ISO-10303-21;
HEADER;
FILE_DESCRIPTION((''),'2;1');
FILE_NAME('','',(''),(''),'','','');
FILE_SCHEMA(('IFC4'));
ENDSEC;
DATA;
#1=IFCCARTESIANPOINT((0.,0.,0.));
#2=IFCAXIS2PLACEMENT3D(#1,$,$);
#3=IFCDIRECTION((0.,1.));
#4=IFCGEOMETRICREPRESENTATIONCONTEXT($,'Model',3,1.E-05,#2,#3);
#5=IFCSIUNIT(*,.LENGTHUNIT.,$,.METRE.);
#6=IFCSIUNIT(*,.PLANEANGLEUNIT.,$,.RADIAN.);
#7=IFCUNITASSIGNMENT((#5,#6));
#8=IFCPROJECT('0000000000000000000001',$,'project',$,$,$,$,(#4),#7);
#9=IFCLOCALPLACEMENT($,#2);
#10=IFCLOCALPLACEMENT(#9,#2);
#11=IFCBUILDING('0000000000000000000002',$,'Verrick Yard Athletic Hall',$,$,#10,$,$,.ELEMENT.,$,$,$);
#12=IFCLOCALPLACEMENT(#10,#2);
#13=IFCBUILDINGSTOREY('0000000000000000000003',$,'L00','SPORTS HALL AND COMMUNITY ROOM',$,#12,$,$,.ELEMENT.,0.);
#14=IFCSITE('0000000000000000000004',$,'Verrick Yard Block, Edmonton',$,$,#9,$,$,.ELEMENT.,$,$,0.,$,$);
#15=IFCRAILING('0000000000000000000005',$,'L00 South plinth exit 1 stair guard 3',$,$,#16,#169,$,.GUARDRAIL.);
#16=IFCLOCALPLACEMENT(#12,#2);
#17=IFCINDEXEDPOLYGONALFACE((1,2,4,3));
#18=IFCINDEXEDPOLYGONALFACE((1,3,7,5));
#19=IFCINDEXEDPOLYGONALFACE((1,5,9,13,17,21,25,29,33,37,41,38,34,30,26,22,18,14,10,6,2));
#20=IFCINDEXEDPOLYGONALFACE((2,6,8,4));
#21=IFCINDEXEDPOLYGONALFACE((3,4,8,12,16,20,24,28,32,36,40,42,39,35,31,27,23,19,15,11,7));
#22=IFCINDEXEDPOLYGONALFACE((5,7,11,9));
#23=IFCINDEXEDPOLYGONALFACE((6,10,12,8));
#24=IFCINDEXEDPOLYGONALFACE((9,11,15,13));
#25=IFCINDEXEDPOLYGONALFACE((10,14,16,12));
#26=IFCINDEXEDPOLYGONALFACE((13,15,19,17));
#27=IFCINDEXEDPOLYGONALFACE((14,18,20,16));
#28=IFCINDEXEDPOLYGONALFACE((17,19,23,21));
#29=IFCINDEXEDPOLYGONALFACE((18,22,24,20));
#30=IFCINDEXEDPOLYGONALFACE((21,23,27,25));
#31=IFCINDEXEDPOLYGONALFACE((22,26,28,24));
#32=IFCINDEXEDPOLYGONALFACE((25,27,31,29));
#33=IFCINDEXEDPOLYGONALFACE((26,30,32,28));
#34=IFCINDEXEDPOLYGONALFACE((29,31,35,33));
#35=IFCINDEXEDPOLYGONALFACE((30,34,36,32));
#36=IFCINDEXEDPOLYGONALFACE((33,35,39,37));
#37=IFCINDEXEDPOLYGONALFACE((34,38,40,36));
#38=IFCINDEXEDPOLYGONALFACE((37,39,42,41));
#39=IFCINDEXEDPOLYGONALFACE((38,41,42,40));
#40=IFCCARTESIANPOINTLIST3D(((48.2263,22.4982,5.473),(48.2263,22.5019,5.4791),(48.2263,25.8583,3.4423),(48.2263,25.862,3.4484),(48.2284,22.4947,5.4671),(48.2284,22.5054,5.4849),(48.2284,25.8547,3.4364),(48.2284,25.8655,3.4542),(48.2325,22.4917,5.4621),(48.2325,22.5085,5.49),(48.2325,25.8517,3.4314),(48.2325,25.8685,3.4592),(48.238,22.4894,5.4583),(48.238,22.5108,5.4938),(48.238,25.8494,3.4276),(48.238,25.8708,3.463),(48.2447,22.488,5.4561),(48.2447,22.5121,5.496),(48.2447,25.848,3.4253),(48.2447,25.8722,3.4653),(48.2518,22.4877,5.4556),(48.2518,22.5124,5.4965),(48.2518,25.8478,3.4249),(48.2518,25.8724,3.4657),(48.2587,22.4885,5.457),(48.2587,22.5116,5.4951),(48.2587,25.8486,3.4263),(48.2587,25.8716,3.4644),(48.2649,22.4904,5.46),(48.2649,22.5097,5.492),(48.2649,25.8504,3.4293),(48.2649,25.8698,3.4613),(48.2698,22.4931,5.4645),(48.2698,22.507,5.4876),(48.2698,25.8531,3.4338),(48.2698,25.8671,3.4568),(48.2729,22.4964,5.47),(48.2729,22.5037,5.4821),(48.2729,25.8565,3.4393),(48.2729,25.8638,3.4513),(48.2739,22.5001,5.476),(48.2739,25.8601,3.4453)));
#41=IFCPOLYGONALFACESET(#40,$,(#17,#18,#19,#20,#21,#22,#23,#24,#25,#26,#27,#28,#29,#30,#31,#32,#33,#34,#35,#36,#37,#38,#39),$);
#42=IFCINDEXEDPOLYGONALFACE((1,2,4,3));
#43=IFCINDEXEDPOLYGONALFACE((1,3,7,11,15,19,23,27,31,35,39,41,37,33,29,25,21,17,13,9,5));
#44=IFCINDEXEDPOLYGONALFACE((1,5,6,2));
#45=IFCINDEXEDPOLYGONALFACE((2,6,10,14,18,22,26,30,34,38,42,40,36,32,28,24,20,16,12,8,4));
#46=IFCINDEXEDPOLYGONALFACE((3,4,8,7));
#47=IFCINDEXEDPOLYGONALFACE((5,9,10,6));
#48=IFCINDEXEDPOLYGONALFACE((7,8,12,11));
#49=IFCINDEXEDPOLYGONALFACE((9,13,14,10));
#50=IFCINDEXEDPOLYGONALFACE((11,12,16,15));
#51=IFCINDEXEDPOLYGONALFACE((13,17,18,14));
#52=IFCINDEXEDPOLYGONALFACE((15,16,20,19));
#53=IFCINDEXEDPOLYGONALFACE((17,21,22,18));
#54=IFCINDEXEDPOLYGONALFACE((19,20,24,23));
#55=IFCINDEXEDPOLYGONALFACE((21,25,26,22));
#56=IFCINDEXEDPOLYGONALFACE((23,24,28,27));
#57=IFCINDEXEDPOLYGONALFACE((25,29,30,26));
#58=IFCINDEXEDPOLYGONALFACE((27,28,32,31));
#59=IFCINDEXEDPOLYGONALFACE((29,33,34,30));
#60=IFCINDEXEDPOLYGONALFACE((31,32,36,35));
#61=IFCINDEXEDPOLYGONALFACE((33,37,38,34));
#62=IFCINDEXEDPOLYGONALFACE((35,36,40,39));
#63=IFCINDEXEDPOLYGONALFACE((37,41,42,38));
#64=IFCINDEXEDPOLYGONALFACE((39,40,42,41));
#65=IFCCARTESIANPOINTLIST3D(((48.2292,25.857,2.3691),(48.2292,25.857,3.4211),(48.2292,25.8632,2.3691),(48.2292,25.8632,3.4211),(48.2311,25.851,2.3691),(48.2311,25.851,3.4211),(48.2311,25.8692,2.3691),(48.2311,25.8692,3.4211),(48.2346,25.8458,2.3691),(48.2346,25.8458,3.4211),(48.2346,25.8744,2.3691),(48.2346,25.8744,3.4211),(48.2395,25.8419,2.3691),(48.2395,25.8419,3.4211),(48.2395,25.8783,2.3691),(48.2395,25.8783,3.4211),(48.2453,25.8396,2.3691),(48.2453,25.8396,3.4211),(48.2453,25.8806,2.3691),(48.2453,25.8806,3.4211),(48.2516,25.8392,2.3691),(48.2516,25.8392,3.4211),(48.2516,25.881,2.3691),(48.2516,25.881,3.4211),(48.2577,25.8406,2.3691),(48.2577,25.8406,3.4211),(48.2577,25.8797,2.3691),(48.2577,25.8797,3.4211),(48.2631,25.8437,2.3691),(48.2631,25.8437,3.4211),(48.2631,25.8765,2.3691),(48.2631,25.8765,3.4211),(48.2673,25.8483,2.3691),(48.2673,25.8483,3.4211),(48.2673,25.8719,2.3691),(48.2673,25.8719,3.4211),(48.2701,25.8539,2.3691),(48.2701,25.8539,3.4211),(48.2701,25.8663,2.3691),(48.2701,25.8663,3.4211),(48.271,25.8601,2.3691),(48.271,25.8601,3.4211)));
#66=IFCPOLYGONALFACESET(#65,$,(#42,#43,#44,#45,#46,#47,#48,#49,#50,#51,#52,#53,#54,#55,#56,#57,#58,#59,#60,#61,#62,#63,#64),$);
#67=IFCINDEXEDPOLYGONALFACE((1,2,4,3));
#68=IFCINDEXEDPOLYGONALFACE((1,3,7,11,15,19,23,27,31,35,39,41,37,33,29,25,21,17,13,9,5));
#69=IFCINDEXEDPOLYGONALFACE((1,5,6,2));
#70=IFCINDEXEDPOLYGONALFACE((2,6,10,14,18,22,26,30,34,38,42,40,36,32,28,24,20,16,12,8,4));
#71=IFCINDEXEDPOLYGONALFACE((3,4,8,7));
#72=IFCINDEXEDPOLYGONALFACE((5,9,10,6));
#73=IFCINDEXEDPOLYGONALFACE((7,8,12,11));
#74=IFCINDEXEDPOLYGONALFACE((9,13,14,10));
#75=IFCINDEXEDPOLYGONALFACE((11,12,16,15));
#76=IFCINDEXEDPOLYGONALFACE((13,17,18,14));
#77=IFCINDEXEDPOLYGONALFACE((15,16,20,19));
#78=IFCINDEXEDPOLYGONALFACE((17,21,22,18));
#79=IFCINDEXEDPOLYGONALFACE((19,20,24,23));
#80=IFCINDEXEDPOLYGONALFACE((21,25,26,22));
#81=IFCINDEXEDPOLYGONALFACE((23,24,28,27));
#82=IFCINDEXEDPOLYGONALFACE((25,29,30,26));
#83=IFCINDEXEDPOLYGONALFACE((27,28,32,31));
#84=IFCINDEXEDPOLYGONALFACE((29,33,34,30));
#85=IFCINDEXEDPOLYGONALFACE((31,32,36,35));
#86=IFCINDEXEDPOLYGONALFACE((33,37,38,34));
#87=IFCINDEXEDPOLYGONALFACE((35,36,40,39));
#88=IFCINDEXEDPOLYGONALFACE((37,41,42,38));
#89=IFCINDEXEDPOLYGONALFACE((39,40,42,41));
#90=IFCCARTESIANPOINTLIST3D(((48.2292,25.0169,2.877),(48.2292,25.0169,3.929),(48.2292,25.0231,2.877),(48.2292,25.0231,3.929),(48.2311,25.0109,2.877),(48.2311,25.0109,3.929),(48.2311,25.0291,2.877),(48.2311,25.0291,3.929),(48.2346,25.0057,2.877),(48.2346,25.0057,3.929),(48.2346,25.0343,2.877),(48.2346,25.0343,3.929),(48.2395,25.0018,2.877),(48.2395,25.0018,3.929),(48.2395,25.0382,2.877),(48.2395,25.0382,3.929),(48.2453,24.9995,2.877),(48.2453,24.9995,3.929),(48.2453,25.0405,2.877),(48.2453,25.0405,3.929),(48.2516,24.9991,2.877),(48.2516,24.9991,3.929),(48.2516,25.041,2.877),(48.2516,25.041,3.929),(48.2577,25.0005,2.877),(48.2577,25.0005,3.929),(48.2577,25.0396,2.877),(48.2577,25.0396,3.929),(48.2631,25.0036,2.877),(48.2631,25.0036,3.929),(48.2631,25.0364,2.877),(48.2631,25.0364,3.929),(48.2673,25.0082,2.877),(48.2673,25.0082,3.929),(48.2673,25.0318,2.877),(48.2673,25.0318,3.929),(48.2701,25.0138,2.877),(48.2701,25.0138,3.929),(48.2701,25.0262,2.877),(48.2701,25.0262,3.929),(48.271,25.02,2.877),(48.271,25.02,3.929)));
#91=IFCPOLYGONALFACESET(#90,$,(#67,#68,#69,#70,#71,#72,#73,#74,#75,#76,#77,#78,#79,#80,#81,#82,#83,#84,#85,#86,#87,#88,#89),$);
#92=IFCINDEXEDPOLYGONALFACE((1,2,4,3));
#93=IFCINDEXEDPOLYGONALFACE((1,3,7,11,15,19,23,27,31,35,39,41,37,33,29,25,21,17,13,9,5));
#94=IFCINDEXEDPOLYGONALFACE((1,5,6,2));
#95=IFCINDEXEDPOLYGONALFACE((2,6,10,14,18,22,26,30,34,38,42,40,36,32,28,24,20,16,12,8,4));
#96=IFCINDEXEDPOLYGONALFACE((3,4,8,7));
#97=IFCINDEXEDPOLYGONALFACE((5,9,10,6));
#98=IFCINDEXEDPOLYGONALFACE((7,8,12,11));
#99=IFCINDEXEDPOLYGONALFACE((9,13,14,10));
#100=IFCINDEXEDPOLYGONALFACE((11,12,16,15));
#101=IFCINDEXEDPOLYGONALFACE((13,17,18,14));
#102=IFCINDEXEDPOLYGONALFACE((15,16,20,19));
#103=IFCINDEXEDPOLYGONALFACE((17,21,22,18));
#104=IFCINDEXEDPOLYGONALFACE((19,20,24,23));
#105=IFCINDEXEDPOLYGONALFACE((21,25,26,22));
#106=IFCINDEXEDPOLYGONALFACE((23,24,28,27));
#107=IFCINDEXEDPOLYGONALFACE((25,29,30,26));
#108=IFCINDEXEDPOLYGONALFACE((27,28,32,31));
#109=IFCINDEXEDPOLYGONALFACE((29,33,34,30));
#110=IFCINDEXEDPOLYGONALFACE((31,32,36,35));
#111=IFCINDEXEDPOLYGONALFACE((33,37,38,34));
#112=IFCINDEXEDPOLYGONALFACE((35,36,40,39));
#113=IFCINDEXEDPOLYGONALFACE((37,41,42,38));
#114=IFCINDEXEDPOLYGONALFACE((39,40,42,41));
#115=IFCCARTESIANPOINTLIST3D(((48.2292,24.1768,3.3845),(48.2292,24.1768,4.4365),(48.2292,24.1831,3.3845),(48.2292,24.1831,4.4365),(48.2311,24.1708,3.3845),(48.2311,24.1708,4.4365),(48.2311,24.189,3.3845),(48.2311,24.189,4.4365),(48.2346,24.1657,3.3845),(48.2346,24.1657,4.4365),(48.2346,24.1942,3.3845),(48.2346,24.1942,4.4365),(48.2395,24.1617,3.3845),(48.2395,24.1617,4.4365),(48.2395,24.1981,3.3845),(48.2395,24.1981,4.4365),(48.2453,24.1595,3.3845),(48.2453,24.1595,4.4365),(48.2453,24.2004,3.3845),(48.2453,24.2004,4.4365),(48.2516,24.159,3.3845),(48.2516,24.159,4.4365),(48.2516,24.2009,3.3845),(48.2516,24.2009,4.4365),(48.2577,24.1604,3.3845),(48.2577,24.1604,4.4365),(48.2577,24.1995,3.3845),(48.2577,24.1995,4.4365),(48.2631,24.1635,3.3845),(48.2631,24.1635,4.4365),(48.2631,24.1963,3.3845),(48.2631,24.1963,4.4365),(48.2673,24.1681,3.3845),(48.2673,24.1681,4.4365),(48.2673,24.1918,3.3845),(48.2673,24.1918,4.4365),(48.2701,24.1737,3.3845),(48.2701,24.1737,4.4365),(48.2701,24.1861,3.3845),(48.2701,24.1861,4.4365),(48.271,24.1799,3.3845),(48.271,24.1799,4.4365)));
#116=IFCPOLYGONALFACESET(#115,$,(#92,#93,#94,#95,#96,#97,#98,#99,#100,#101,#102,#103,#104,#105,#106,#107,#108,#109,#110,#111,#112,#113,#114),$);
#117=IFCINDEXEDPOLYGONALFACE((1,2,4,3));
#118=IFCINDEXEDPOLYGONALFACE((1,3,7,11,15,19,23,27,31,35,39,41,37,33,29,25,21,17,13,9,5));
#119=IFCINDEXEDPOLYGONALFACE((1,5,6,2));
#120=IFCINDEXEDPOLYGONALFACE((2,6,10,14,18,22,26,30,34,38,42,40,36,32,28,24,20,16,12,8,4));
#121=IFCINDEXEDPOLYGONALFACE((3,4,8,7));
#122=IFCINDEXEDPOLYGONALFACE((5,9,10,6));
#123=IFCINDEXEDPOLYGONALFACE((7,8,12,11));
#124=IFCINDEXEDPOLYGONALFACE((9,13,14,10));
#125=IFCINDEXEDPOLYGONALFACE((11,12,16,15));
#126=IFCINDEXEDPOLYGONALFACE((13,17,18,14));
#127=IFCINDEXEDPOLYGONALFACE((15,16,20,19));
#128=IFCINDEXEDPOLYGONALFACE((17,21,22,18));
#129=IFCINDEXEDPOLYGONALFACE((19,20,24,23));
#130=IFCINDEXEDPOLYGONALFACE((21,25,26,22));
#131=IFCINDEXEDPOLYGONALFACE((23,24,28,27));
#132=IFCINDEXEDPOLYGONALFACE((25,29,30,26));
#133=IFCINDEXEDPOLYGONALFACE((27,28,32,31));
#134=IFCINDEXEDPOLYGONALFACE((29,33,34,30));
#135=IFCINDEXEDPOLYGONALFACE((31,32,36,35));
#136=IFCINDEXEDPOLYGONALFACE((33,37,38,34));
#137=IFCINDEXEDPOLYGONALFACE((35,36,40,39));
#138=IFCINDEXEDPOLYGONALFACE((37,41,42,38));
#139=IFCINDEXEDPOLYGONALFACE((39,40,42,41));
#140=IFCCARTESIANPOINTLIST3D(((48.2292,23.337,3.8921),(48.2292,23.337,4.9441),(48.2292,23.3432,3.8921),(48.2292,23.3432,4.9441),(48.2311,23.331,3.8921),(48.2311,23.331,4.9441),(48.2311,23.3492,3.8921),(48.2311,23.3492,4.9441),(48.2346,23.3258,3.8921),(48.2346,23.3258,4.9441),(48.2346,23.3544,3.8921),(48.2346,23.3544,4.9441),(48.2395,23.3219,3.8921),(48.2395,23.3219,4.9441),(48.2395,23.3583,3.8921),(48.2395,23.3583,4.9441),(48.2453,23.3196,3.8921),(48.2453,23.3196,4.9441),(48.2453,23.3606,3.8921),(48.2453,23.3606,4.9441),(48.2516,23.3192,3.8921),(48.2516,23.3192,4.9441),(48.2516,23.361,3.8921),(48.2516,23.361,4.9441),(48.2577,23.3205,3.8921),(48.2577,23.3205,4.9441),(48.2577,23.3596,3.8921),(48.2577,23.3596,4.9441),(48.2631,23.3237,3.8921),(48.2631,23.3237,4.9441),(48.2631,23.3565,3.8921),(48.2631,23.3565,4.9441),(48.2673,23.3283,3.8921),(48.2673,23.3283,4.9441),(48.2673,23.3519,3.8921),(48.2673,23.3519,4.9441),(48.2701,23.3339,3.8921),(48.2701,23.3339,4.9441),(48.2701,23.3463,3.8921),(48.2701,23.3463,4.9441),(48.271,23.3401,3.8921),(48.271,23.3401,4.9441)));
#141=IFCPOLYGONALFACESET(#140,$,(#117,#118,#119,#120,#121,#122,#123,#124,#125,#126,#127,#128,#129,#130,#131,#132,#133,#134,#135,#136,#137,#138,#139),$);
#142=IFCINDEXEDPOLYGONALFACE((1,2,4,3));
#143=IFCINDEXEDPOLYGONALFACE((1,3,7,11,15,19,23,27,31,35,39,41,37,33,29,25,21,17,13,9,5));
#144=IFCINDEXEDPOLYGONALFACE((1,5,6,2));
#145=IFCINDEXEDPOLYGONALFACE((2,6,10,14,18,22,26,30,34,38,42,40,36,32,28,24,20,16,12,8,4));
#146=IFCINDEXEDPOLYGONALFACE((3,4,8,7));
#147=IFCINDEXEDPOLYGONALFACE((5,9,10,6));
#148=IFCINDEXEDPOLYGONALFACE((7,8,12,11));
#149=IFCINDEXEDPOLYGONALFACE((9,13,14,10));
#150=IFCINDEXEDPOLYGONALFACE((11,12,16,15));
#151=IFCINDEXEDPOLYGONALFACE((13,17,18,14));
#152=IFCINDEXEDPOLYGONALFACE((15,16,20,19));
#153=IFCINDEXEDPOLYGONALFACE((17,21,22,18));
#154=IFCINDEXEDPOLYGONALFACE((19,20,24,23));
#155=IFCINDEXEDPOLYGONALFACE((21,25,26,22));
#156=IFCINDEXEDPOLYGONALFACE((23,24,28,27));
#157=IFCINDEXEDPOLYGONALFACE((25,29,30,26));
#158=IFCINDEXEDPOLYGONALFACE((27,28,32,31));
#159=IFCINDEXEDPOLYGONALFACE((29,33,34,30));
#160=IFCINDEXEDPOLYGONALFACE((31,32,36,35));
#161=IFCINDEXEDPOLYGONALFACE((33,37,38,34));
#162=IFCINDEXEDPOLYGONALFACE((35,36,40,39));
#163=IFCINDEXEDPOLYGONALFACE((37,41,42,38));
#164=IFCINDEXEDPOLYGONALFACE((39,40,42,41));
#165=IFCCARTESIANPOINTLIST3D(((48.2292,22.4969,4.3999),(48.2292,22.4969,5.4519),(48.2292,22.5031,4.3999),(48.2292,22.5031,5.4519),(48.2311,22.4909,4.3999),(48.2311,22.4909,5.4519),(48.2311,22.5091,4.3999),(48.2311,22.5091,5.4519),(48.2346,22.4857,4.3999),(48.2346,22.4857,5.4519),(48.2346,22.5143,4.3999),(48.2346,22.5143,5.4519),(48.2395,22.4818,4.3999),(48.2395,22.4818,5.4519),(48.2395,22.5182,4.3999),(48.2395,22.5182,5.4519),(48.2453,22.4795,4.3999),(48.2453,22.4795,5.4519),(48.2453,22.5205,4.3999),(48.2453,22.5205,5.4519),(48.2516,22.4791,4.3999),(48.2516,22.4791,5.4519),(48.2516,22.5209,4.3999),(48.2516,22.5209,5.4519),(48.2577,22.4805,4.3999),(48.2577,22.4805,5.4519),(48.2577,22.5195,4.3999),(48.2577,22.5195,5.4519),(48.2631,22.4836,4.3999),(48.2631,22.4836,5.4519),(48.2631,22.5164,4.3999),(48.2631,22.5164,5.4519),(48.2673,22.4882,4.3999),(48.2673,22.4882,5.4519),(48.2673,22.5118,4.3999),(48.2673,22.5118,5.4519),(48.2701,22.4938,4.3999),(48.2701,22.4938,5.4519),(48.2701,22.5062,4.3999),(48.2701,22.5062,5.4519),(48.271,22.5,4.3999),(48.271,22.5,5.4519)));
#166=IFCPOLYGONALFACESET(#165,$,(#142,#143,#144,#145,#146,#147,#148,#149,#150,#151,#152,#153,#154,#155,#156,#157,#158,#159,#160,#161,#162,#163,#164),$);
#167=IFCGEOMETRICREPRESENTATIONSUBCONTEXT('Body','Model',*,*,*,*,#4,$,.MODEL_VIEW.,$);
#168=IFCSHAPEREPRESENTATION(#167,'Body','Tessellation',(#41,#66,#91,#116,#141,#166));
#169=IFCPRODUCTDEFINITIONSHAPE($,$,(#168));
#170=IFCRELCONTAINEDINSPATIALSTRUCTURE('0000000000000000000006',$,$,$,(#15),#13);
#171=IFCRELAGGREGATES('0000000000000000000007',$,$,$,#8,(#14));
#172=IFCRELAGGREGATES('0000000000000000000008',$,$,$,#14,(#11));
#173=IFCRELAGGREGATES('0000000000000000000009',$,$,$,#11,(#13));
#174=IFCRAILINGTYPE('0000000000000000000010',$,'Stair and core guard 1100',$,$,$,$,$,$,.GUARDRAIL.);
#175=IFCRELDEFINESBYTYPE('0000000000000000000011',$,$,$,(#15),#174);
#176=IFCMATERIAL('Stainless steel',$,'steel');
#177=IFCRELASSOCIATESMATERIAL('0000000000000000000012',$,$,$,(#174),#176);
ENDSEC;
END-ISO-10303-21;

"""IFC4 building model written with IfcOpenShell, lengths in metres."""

from ifc_helpers import new_model, si_unit, direction, frame, origin, origin_2d, place, context, subcontext, project, spatial, circle, extrude, material, type_object, element, save


model = new_model("IFC4")

# Units and contexts
model_context = context("Model", 3, precision=1e-05, world=origin(), true_north=direction((0.0, 1.0)))
body_context = subcontext(model_context, "Body", "Model", "MODEL_VIEW")
ifc_project = project(units=[si_unit("LENGTHUNIT", "METRE"), si_unit("PLANEANGLEUNIT", "RADIAN")], contexts=[model_context])

# Site, building, storey
site_placement = place(None, origin())
site = spatial("IfcSite", under=ifc_project, at=site_placement, Name="Verrick Yard Block, Edmonton", CompositionType="ELEMENT", RefElevation=0.0)
building_placement = place(site_placement, origin())
building = spatial("IfcBuilding", under=site, at=building_placement, Name="Verrick Yard Athletic Hall", CompositionType="ELEMENT")
storey_placement = place(building_placement, origin())
storey = spatial("IfcBuildingStorey", under=building, at=storey_placement, Name="L00", Description="SPORTS HALL AND COMMUNITY ROOM", CompositionType="ELEMENT", Elevation=0.0)

# Railing
ifc_material_1 = material(Name="Stainless steel", Category="steel")
railing_type_1 = type_object("IfcRailingType", Name="Stair and core guard 1100", PredefinedType="GUARDRAIL", material=ifc_material_1)
railing_1_placement = place(storey_placement, frame((48.25, 25.8601, 2.3691)))
element("IfcRailing", 1, at=railing_1_placement, inside=storey, type_object=railing_type_1, Name="L00 South plinth exit 1 stair guard 3", PredefinedType="GUARDRAIL", context=body_context, shape_type="SweptSolid", body=[
    extrude(circle(Radius=0.0239, at=origin_2d()), frame((0.0, 0.0, 1.0762), z_axis=(0.0, -0.855837, 0.517246), x_axis=(1.0, 0.0, 0.0)), (0.0, 0.0, 1.0), 3.926),
    extrude(circle(Radius=0.021, at=origin_2d()), origin(), (0.0, 0.0, 1.0), 1.052),
    extrude(circle(Radius=0.021, at=origin_2d()), frame((0.0, -0.8401, 0.5078)), (0.0, 0.0, 1.0), 1.052),
    extrude(circle(Radius=0.021, at=origin_2d()), frame((0.0, -1.6802, 1.0154)), (0.0, 0.0, 1.0), 1.052),
    extrude(circle(Radius=0.021, at=origin_2d()), frame((0.0, -2.52, 1.5229)), (0.0, 0.0, 1.0), 1.052),
    extrude(circle(Radius=0.021, at=origin_2d()), frame((0.0, -3.3601, 2.0308)), (0.0, 0.0, 1.0), 1.052),
])

save(model, "model.ifc")
